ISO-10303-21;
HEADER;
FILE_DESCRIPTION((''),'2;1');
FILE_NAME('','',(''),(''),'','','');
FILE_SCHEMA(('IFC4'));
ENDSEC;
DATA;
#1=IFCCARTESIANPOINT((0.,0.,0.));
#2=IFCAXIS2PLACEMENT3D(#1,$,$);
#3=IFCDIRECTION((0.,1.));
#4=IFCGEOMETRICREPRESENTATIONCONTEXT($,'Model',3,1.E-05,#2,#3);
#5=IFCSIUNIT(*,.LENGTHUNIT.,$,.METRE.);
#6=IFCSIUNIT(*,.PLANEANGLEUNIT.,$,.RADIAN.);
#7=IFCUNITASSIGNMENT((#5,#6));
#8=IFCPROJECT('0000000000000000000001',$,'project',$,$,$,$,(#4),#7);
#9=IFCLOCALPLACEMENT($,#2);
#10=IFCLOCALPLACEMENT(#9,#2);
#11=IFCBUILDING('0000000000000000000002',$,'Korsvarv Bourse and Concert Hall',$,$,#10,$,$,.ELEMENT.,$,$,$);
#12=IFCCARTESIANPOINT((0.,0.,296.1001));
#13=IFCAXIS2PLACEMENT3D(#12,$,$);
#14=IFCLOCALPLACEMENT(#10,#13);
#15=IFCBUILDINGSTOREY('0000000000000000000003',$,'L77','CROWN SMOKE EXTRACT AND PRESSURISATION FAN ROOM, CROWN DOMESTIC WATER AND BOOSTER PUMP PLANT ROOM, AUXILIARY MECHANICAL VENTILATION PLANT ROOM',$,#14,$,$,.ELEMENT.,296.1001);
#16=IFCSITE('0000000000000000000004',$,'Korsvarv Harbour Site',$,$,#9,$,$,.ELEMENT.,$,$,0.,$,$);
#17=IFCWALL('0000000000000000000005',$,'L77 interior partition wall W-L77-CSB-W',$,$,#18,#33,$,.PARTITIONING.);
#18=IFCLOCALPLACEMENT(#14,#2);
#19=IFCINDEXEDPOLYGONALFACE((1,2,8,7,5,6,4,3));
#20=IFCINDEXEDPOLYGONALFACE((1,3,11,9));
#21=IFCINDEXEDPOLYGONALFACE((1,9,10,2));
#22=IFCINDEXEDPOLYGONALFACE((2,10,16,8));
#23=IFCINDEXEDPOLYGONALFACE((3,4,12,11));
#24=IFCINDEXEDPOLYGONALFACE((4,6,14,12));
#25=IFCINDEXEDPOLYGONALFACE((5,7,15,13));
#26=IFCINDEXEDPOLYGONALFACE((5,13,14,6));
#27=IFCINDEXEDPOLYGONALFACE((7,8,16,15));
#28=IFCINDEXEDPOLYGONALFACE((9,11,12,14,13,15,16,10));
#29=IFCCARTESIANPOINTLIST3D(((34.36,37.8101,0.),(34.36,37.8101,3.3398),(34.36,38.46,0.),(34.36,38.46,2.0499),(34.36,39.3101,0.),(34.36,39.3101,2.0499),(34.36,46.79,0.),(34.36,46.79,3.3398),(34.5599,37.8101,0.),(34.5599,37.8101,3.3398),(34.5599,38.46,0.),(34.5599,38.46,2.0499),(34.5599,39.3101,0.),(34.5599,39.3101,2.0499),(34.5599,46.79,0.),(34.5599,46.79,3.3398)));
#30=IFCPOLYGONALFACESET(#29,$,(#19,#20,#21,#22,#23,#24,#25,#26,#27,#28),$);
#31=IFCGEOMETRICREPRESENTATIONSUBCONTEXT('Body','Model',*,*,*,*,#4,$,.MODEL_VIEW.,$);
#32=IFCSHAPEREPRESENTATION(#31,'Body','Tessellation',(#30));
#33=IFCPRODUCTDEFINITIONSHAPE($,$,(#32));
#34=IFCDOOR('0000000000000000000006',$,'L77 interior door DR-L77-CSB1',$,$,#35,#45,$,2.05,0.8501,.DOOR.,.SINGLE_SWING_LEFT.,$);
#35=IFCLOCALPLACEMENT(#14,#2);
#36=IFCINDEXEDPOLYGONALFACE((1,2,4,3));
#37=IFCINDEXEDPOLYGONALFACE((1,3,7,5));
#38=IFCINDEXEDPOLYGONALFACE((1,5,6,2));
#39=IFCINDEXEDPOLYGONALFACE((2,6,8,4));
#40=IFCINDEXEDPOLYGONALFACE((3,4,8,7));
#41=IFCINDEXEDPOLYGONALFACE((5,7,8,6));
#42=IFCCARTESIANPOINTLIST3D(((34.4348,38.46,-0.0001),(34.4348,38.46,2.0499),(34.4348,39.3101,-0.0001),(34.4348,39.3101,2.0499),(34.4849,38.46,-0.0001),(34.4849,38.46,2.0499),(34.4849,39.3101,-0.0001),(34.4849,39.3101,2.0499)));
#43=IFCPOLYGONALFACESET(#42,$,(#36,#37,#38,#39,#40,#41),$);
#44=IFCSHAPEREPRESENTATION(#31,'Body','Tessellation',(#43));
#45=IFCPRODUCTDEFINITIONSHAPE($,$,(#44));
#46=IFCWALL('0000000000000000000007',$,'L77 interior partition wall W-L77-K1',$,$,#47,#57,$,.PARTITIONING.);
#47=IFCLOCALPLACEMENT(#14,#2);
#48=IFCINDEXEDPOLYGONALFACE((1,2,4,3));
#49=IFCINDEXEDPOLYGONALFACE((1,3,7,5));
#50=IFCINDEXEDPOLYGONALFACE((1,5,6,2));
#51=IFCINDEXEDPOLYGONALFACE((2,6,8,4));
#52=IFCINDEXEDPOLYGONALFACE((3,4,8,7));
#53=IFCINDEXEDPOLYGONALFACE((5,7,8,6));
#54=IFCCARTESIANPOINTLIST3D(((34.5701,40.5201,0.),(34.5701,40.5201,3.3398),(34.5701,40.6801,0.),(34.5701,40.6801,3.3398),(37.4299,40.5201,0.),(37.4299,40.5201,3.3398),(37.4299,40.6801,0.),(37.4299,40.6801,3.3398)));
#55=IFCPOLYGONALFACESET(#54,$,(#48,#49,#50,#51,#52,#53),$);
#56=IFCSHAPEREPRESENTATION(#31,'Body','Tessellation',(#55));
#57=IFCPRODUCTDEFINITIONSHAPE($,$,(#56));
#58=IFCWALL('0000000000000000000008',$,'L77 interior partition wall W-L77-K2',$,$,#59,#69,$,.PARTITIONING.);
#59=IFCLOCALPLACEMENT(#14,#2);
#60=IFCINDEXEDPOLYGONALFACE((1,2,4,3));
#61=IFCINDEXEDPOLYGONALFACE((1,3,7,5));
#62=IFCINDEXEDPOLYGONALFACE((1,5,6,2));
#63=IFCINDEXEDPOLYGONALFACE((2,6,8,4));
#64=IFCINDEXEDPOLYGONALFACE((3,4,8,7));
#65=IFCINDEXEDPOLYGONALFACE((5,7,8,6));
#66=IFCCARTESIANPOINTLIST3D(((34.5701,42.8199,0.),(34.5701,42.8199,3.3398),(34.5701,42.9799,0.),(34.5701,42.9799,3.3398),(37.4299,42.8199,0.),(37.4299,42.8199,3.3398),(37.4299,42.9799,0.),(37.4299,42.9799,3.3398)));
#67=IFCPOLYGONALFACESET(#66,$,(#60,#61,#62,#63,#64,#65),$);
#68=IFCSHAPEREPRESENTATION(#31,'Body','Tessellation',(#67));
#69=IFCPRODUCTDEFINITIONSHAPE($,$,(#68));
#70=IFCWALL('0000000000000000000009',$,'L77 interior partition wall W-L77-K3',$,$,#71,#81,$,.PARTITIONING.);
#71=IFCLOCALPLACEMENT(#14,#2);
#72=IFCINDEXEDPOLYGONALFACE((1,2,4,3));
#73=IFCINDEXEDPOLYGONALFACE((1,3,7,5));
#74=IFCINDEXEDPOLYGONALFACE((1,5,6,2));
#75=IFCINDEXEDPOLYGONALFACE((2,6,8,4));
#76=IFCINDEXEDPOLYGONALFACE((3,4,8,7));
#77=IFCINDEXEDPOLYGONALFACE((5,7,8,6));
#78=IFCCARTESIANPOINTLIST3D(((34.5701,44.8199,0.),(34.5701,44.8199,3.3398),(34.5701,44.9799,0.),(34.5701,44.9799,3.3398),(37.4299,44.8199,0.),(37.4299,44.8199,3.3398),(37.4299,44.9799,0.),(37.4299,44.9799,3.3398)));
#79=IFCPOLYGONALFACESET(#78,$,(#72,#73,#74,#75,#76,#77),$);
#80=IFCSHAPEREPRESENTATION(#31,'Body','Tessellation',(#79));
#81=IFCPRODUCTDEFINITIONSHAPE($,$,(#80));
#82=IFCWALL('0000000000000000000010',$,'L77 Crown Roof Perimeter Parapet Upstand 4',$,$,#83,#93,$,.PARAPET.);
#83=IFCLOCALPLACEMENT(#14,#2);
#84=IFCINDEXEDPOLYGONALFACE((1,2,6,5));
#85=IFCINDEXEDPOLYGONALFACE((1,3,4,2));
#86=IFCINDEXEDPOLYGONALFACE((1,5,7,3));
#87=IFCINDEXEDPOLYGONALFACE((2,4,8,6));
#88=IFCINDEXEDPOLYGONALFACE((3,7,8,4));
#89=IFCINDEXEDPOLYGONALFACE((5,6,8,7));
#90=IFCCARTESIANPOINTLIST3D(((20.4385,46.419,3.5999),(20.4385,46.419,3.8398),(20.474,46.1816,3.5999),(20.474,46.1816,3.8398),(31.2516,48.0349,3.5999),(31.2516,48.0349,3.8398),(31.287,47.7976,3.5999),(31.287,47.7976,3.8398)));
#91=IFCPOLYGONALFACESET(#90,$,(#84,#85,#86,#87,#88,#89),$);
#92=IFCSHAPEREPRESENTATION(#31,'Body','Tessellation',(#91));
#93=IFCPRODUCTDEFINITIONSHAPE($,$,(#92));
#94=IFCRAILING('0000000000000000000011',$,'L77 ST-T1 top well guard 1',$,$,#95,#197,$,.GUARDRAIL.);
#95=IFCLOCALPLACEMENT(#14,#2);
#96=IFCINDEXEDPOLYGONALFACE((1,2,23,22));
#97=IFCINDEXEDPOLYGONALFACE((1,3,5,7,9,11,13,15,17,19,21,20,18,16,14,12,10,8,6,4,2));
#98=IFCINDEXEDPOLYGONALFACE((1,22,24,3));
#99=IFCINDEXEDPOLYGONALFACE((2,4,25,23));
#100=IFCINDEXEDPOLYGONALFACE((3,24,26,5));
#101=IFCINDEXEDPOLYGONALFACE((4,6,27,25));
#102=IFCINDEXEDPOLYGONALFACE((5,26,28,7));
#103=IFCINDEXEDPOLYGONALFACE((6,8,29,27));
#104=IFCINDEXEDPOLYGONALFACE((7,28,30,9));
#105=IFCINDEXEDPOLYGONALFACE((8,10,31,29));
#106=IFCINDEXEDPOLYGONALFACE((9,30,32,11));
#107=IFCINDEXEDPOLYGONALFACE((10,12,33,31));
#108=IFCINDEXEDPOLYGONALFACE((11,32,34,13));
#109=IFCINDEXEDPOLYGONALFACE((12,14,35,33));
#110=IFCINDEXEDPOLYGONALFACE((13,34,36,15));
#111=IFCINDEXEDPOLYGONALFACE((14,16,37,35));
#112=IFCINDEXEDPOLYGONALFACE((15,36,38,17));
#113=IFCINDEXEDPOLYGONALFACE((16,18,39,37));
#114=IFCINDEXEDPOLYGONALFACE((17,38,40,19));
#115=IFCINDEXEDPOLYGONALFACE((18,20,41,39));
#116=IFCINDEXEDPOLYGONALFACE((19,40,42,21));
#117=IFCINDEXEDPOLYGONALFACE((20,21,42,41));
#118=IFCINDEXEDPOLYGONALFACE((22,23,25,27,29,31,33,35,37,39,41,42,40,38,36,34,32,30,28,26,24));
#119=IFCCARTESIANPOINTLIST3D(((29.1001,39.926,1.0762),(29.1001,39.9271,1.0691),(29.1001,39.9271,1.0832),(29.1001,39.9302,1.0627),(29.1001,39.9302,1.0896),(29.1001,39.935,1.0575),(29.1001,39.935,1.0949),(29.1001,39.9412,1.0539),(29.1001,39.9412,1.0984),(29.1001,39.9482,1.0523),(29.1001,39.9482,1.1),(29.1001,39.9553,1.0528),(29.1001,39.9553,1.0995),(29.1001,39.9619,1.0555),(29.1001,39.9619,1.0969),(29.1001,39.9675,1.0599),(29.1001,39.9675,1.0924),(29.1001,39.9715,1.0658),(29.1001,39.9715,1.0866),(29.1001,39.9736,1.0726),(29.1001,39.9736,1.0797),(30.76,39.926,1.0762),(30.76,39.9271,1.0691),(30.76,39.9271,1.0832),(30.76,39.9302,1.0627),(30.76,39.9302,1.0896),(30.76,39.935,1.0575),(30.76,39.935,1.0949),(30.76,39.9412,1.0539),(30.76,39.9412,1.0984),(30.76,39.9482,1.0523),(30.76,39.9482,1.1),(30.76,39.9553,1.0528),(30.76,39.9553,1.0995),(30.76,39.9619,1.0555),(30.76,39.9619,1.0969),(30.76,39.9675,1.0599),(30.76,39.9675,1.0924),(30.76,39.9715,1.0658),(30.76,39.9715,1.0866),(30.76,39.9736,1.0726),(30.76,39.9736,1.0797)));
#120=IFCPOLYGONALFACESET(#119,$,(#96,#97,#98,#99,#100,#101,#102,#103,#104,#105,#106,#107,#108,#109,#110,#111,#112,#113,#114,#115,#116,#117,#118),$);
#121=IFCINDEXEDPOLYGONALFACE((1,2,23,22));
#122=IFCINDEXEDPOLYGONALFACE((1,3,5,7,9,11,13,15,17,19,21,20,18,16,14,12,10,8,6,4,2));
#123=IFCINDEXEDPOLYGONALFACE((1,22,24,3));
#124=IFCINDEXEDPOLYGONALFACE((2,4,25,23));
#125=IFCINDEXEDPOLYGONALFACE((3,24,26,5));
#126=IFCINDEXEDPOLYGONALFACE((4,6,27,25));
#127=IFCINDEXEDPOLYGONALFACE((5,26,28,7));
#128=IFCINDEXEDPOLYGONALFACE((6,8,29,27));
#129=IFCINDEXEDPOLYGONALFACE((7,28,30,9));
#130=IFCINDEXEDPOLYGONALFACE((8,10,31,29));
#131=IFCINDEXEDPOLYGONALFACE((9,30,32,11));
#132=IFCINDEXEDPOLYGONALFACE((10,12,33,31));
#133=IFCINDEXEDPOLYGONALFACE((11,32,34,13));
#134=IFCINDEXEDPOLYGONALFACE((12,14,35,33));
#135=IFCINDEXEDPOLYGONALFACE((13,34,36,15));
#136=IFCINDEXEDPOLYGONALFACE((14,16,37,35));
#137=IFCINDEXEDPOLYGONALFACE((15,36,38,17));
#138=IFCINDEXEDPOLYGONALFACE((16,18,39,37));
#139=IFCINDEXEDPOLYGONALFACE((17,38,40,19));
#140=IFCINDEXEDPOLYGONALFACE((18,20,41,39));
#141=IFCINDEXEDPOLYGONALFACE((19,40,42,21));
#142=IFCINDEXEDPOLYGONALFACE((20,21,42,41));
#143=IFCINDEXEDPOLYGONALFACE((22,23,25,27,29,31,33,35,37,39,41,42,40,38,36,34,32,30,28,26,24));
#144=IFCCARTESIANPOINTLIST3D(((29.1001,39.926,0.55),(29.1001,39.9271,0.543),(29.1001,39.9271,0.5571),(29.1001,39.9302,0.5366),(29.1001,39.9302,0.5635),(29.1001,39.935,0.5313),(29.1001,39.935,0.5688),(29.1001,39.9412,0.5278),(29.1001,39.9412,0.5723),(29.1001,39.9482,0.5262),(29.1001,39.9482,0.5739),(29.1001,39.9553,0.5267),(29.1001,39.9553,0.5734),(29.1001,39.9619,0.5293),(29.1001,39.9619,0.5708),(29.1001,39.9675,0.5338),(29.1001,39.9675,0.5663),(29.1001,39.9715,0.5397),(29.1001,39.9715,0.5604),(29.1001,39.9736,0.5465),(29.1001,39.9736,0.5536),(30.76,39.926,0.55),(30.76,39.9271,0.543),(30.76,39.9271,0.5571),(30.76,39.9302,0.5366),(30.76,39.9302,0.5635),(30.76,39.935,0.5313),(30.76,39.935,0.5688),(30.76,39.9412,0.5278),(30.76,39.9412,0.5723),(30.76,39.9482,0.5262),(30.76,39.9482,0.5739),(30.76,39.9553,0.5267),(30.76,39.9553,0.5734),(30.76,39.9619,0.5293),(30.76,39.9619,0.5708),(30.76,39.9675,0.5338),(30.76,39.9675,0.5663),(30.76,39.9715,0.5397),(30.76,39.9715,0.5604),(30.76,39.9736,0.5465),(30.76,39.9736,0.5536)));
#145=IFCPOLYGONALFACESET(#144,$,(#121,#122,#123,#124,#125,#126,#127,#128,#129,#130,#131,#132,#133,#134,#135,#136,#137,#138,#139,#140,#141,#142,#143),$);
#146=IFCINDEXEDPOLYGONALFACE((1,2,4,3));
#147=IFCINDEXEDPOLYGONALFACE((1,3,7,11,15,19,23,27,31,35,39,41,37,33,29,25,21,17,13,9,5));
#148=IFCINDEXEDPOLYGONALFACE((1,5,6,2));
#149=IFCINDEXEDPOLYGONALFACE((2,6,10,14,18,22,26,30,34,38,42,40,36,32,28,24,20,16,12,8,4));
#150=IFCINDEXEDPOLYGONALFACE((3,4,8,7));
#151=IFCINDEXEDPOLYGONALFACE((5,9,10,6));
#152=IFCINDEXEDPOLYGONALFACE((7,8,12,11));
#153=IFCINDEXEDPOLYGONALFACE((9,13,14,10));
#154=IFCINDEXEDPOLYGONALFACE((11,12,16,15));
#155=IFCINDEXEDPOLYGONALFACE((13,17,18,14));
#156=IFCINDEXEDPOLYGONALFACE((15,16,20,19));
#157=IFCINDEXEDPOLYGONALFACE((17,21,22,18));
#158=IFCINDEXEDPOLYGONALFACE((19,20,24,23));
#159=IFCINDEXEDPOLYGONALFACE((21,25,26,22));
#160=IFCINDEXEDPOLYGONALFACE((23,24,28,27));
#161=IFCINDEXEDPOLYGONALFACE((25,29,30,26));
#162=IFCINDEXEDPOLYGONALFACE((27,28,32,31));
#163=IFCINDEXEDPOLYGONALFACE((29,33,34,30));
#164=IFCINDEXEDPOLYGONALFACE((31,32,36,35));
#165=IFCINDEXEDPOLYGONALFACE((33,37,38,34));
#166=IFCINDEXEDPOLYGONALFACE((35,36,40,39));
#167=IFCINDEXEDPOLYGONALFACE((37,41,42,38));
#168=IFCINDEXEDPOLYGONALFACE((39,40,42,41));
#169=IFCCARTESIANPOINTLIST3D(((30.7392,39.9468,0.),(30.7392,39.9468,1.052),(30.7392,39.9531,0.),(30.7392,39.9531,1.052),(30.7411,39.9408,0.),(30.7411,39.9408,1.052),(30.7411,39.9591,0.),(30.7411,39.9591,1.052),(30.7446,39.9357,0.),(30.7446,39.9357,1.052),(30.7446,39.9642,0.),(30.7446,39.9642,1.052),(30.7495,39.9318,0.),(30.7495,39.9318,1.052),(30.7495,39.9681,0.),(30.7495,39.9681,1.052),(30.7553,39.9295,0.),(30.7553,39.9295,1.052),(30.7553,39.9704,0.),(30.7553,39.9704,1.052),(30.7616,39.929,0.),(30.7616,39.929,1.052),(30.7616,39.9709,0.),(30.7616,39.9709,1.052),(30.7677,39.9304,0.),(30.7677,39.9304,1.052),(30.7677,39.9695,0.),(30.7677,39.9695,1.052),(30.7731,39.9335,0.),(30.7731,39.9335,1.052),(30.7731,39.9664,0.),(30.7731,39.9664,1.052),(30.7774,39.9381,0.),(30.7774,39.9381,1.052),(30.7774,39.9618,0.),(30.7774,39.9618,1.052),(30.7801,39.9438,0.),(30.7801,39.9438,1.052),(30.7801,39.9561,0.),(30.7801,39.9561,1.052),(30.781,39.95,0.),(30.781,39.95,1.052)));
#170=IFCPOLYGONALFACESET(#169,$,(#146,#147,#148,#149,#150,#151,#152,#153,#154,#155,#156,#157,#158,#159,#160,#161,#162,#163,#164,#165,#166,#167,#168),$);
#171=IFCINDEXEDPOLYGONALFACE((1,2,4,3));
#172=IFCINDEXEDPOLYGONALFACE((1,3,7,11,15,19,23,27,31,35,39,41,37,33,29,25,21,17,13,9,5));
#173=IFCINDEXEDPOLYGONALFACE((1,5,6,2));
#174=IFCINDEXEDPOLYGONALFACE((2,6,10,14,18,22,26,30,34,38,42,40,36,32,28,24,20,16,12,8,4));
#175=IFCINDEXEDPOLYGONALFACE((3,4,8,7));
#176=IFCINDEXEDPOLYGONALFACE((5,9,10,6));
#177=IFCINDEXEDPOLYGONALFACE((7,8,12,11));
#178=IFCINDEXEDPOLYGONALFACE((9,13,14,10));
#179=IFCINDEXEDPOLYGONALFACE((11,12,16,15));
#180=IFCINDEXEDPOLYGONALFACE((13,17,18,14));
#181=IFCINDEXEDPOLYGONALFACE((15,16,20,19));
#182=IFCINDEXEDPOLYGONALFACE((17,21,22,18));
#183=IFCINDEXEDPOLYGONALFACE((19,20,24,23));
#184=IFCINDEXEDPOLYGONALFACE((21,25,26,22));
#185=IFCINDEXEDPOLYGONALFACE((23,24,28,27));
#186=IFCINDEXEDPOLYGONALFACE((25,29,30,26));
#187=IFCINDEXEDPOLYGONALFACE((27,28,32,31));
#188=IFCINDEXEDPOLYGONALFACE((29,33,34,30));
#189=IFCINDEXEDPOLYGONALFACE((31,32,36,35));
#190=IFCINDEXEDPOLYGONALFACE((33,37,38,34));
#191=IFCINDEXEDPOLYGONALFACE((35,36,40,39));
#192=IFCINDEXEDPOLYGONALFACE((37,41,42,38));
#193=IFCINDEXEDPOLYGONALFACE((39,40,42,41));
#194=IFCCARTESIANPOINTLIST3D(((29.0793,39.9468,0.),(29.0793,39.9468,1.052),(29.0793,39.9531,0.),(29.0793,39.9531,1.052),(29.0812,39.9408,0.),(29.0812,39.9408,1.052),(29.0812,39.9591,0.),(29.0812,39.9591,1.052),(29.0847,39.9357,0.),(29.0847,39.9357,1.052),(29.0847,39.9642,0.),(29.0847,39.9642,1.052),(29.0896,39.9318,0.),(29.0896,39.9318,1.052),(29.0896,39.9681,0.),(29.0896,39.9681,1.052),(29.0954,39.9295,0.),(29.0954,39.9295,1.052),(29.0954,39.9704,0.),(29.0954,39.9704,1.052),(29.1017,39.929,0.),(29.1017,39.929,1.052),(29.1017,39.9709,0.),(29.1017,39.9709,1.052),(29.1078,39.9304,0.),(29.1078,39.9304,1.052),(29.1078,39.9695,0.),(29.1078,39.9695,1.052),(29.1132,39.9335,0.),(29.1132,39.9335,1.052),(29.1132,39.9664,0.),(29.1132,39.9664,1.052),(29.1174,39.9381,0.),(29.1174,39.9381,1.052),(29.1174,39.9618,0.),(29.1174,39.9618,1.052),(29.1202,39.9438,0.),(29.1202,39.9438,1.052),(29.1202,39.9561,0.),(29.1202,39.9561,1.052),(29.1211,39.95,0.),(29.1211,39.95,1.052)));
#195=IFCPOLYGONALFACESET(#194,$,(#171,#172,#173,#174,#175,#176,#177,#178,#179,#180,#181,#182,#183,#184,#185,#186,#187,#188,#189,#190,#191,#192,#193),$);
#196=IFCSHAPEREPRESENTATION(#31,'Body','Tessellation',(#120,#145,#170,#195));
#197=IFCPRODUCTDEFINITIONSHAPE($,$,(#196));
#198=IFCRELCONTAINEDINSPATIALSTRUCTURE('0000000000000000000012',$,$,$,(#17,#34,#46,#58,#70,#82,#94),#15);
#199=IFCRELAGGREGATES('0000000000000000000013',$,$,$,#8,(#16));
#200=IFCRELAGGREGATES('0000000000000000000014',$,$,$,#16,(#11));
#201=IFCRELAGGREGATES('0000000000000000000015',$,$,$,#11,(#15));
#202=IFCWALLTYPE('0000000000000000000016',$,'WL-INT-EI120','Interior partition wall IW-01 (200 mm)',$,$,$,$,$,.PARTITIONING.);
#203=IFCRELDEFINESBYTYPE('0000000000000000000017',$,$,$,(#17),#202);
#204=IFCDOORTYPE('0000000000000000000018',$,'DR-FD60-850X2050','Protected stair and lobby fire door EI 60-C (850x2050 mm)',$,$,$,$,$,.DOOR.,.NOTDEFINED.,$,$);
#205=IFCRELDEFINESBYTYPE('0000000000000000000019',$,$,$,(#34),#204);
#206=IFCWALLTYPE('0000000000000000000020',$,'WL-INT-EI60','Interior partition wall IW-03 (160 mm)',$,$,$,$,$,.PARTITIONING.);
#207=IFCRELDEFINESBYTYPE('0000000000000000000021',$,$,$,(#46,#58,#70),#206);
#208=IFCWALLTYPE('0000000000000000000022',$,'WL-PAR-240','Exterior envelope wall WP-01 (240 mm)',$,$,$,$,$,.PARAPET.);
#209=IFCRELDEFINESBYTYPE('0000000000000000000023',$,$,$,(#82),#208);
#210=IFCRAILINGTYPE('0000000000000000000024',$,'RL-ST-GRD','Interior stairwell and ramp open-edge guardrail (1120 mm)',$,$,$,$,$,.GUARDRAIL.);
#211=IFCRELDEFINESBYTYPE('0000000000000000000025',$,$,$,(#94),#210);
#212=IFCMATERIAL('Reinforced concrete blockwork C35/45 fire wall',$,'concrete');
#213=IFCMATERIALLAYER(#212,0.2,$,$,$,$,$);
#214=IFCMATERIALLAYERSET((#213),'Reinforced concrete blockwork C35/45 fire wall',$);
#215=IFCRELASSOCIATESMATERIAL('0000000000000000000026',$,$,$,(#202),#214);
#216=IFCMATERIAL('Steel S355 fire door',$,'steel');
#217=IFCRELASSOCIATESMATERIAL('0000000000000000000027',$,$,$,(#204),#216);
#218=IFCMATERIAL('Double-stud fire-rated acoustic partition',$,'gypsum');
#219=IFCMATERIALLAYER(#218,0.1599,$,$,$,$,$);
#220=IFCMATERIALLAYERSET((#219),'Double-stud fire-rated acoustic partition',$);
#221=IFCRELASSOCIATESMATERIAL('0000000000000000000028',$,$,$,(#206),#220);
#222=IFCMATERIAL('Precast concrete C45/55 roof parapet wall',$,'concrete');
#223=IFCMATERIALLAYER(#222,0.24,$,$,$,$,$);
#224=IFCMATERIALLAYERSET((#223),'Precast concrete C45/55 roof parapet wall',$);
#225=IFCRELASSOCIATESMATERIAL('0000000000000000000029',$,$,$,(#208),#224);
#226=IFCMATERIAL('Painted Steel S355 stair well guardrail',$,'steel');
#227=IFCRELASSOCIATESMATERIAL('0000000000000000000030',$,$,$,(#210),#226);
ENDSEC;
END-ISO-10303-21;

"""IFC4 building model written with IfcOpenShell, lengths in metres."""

from ifc_helpers import new_model, si_unit, direction, frame, frame_2d, origin, origin_2d, place, context, subcontext, project, spatial, rectangle, circle, extrude, material, layer, layer_set, type_object, element, fill, save


model = new_model("IFC4")

# Units and contexts
model_context = context("Model", 3, precision=1e-05, world=origin(), true_north=direction((0.0, 1.0)))
body_context = subcontext(model_context, "Body", "Model", "MODEL_VIEW")
ifc_project = project(units=[si_unit("LENGTHUNIT", "METRE"), si_unit("PLANEANGLEUNIT", "RADIAN")], contexts=[model_context])

# Site, building, storey
site_placement = place(None, origin())
site = spatial("IfcSite", under=ifc_project, at=site_placement, Name="Korsvarv Harbour Site", CompositionType="ELEMENT", RefElevation=0.0)
building_placement = place(site_placement, origin())
building = spatial("IfcBuilding", under=site, at=building_placement, Name="Korsvarv Bourse and Concert Hall", CompositionType="ELEMENT")
storey_placement = place(building_placement, frame((0.0, 0.0, 296.1001)))
storey = spatial("IfcBuildingStorey", under=building, at=storey_placement, Name="L77", Description="CROWN SMOKE EXTRACT AND PRESSURISATION FAN ROOM, CROWN DOMESTIC WATER AND BOOSTER PUMP PLANT ROOM, AUXILIARY MECHANICAL VENTILATION PLANT ROOM", CompositionType="ELEMENT", Elevation=296.1001)

# Shared definitions
ifc_material_1 = material(Name="Steel S355 fire door", Category="steel")

# Wall, opening, door
ifc_material_2 = material(Name="Reinforced concrete blockwork C35/45 fire wall", Category="concrete")
ifc_layer_1 = layer(ifc_material_2, 0.2)
ifc_layer_set_1 = layer_set([ifc_layer_1], Name="Reinforced concrete blockwork C35/45 fire wall")
wall_type_1 = type_object("IfcWallType", Name="WL-INT-EI120", Description="Interior partition wall IW-01 (200 mm)", PredefinedType="PARTITIONING", material=ifc_layer_set_1)
wall_1_placement = place(storey_placement, frame((34.46, 37.8101, 0.0), z_axis=(0.0, 0.0, 1.0), x_axis=(0.0, 1.0, 0.0)))
wall_1 = element("IfcWall", 1, at=wall_1_placement, inside=storey, type_object=wall_type_1, Name="L77 interior partition wall W-L77-CSB-W", PredefinedType="PARTITIONING", context=body_context, shape_type="SweptSolid", body=[
    extrude(rectangle(XDim=8.98, YDim=0.2, at=frame_2d((4.49, 0.0))), origin(), (0.0, 0.0, 1.0), 3.3398),
])
opening_1_placement = place(wall_1_placement, frame((0.6499, 0.0, 0.0)))
opening_1 = element("IfcOpeningElement", 2, at=opening_1_placement, cuts=wall_1, PredefinedType="OPENING", context=body_context, shape_type="SweptSolid", body=[
    extrude(rectangle(XDim=0.8501, YDim=2.05, at=frame_2d((0.425, 1.0249))), frame((0.0, 0.1099, 0.0), z_axis=(0.0, -1.0, 0.0), x_axis=(1.0, 0.0, 0.0)), (0.0, 0.0, 1.0), 0.22),
])
door_type_1 = type_object("IfcDoorType", Name="DR-FD60-850X2050", Description="Protected stair and lobby fire door EI 60-C (850x2050 mm)", OperationType="NOTDEFINED", PredefinedType="DOOR", material=ifc_material_1)
door_1_placement = place(opening_1_placement, frame((0.8501, 0.0, 0.0), z_axis=(0.0, 0.0, 1.0), x_axis=(-1.0, 0.0, 0.0)))
door_1 = element("IfcDoor", 3, at=door_1_placement, inside=storey, type_object=door_type_1, Name="L77 interior door DR-L77-CSB1", OperationType="SINGLE_SWING_LEFT", OverallHeight=2.05, OverallWidth=0.8501, PredefinedType="DOOR", context=body_context, shape_type="SweptSolid", body=[
    extrude(rectangle(XDim=0.8501, YDim=2.05, at=frame_2d((0.425, 1.0249))), frame((0.0, 0.0249, 0.0), z_axis=(0.0, -1.0, 0.0), x_axis=(1.0, 0.0, 0.0)), (0.0, 0.0, 1.0), 0.05),
])
fill(opening_1, door_1)

# Walls
ifc_material_3 = material(Name="Double-stud fire-rated acoustic partition", Category="gypsum")
ifc_layer_2 = layer(ifc_material_3, 0.1599)
ifc_layer_set_2 = layer_set([ifc_layer_2], Name="Double-stud fire-rated acoustic partition")
wall_type_2 = type_object("IfcWallType", Name="WL-INT-EI60", Description="Interior partition wall IW-03 (160 mm)", PredefinedType="PARTITIONING", material=ifc_layer_set_2)
for number, where, z_axis, x_axis, name in (
    (4, (34.5701, 40.6001, 0.0), (0.0, 0.0, 1.0), (1.0, 0.0, 0.0), "L77 interior partition wall W-L77-K1"),
    (5, (34.5701, 42.8999, 0.0), (0.0, 0.0, 1.0), (1.0, 0.0, 0.0), "L77 interior partition wall W-L77-K2"),
    (6, (34.5701, 44.8999, 0.0), (0.0, 0.0, 1.0), (1.0, 0.0, 0.0), "L77 interior partition wall W-L77-K3"),
):
    element("IfcWall", number, at=place(storey_placement, frame(where, z_axis=z_axis, x_axis=x_axis)), inside=storey, type_object=wall_type_2, Name=name, PredefinedType="PARTITIONING", context=body_context, shape_type="SweptSolid", body=[
        extrude(rectangle(XDim=2.8599, YDim=0.1599, at=frame_2d((1.4299, 0.0))), origin(), (0.0, 0.0, 1.0), 3.3398),
    ])
ifc_material_4 = material(Name="Precast concrete C45/55 roof parapet wall", Category="concrete")
ifc_layer_3 = layer(ifc_material_4, 0.24)
ifc_layer_set_3 = layer_set([ifc_layer_3], Name="Precast concrete C45/55 roof parapet wall")
wall_type_3 = type_object("IfcWallType", Name="WL-PAR-240", Description="Exterior envelope wall WP-01 (240 mm)", PredefinedType="PARAPET", material=ifc_layer_set_3)
wall_2_placement = place(storey_placement, frame((31.2693, 47.9163, 3.5999), z_axis=(0.0, 0.0, 1.0), x_axis=(-0.989016, -0.147805, 0.0)))
element("IfcWall", 7, at=wall_2_placement, inside=storey, type_object=wall_type_3, Name="L77 Crown Roof Perimeter Parapet Upstand 4", PredefinedType="PARAPET", context=body_context, shape_type="SweptSolid", body=[
    extrude(rectangle(XDim=10.9331, YDim=0.24, at=frame_2d((5.4666, 0.0))), origin(), (0.0, 0.0, 1.0), 0.24),
])

# Railing
ifc_material_5 = material(Name="Painted Steel S355 stair well guardrail", Category="steel")
railing_type = type_object("IfcRailingType", Name="RL-ST-GRD", Description="Interior stairwell and ramp open-edge guardrail (1120 mm)", PredefinedType="GUARDRAIL", material=ifc_material_5)
railing_placement = place(storey_placement, frame((30.76, 39.95, 0.0)))
element("IfcRailing", 8, at=railing_placement, inside=storey, type_object=railing_type, Name="L77 ST-T1 top well guard 1", PredefinedType="GUARDRAIL", context=body_context, shape_type="SweptSolid", body=[
    extrude(circle(Radius=0.0239, at=origin_2d()), frame((0.0, 0.0, 1.0762), z_axis=(-1.0, 0.0, 0.0), x_axis=(0.0, -1.0, 0.0)), (0.0, 0.0, 1.0), 1.6599),
    extrude(circle(Radius=0.0239, at=origin_2d()), frame((0.0, 0.0, 0.55), z_axis=(-1.0, 0.0, 0.0), x_axis=(0.0, -1.0, 0.0)), (0.0, 0.0, 1.0), 1.6599),
    extrude(circle(Radius=0.021, at=origin_2d()), origin(), (0.0, 0.0, 1.0), 1.052),
    extrude(circle(Radius=0.021, at=origin_2d()), frame((-1.6599, 0.0, 0.0)), (0.0, 0.0, 1.0), 1.052),
])

save(model, "model.ifc")
